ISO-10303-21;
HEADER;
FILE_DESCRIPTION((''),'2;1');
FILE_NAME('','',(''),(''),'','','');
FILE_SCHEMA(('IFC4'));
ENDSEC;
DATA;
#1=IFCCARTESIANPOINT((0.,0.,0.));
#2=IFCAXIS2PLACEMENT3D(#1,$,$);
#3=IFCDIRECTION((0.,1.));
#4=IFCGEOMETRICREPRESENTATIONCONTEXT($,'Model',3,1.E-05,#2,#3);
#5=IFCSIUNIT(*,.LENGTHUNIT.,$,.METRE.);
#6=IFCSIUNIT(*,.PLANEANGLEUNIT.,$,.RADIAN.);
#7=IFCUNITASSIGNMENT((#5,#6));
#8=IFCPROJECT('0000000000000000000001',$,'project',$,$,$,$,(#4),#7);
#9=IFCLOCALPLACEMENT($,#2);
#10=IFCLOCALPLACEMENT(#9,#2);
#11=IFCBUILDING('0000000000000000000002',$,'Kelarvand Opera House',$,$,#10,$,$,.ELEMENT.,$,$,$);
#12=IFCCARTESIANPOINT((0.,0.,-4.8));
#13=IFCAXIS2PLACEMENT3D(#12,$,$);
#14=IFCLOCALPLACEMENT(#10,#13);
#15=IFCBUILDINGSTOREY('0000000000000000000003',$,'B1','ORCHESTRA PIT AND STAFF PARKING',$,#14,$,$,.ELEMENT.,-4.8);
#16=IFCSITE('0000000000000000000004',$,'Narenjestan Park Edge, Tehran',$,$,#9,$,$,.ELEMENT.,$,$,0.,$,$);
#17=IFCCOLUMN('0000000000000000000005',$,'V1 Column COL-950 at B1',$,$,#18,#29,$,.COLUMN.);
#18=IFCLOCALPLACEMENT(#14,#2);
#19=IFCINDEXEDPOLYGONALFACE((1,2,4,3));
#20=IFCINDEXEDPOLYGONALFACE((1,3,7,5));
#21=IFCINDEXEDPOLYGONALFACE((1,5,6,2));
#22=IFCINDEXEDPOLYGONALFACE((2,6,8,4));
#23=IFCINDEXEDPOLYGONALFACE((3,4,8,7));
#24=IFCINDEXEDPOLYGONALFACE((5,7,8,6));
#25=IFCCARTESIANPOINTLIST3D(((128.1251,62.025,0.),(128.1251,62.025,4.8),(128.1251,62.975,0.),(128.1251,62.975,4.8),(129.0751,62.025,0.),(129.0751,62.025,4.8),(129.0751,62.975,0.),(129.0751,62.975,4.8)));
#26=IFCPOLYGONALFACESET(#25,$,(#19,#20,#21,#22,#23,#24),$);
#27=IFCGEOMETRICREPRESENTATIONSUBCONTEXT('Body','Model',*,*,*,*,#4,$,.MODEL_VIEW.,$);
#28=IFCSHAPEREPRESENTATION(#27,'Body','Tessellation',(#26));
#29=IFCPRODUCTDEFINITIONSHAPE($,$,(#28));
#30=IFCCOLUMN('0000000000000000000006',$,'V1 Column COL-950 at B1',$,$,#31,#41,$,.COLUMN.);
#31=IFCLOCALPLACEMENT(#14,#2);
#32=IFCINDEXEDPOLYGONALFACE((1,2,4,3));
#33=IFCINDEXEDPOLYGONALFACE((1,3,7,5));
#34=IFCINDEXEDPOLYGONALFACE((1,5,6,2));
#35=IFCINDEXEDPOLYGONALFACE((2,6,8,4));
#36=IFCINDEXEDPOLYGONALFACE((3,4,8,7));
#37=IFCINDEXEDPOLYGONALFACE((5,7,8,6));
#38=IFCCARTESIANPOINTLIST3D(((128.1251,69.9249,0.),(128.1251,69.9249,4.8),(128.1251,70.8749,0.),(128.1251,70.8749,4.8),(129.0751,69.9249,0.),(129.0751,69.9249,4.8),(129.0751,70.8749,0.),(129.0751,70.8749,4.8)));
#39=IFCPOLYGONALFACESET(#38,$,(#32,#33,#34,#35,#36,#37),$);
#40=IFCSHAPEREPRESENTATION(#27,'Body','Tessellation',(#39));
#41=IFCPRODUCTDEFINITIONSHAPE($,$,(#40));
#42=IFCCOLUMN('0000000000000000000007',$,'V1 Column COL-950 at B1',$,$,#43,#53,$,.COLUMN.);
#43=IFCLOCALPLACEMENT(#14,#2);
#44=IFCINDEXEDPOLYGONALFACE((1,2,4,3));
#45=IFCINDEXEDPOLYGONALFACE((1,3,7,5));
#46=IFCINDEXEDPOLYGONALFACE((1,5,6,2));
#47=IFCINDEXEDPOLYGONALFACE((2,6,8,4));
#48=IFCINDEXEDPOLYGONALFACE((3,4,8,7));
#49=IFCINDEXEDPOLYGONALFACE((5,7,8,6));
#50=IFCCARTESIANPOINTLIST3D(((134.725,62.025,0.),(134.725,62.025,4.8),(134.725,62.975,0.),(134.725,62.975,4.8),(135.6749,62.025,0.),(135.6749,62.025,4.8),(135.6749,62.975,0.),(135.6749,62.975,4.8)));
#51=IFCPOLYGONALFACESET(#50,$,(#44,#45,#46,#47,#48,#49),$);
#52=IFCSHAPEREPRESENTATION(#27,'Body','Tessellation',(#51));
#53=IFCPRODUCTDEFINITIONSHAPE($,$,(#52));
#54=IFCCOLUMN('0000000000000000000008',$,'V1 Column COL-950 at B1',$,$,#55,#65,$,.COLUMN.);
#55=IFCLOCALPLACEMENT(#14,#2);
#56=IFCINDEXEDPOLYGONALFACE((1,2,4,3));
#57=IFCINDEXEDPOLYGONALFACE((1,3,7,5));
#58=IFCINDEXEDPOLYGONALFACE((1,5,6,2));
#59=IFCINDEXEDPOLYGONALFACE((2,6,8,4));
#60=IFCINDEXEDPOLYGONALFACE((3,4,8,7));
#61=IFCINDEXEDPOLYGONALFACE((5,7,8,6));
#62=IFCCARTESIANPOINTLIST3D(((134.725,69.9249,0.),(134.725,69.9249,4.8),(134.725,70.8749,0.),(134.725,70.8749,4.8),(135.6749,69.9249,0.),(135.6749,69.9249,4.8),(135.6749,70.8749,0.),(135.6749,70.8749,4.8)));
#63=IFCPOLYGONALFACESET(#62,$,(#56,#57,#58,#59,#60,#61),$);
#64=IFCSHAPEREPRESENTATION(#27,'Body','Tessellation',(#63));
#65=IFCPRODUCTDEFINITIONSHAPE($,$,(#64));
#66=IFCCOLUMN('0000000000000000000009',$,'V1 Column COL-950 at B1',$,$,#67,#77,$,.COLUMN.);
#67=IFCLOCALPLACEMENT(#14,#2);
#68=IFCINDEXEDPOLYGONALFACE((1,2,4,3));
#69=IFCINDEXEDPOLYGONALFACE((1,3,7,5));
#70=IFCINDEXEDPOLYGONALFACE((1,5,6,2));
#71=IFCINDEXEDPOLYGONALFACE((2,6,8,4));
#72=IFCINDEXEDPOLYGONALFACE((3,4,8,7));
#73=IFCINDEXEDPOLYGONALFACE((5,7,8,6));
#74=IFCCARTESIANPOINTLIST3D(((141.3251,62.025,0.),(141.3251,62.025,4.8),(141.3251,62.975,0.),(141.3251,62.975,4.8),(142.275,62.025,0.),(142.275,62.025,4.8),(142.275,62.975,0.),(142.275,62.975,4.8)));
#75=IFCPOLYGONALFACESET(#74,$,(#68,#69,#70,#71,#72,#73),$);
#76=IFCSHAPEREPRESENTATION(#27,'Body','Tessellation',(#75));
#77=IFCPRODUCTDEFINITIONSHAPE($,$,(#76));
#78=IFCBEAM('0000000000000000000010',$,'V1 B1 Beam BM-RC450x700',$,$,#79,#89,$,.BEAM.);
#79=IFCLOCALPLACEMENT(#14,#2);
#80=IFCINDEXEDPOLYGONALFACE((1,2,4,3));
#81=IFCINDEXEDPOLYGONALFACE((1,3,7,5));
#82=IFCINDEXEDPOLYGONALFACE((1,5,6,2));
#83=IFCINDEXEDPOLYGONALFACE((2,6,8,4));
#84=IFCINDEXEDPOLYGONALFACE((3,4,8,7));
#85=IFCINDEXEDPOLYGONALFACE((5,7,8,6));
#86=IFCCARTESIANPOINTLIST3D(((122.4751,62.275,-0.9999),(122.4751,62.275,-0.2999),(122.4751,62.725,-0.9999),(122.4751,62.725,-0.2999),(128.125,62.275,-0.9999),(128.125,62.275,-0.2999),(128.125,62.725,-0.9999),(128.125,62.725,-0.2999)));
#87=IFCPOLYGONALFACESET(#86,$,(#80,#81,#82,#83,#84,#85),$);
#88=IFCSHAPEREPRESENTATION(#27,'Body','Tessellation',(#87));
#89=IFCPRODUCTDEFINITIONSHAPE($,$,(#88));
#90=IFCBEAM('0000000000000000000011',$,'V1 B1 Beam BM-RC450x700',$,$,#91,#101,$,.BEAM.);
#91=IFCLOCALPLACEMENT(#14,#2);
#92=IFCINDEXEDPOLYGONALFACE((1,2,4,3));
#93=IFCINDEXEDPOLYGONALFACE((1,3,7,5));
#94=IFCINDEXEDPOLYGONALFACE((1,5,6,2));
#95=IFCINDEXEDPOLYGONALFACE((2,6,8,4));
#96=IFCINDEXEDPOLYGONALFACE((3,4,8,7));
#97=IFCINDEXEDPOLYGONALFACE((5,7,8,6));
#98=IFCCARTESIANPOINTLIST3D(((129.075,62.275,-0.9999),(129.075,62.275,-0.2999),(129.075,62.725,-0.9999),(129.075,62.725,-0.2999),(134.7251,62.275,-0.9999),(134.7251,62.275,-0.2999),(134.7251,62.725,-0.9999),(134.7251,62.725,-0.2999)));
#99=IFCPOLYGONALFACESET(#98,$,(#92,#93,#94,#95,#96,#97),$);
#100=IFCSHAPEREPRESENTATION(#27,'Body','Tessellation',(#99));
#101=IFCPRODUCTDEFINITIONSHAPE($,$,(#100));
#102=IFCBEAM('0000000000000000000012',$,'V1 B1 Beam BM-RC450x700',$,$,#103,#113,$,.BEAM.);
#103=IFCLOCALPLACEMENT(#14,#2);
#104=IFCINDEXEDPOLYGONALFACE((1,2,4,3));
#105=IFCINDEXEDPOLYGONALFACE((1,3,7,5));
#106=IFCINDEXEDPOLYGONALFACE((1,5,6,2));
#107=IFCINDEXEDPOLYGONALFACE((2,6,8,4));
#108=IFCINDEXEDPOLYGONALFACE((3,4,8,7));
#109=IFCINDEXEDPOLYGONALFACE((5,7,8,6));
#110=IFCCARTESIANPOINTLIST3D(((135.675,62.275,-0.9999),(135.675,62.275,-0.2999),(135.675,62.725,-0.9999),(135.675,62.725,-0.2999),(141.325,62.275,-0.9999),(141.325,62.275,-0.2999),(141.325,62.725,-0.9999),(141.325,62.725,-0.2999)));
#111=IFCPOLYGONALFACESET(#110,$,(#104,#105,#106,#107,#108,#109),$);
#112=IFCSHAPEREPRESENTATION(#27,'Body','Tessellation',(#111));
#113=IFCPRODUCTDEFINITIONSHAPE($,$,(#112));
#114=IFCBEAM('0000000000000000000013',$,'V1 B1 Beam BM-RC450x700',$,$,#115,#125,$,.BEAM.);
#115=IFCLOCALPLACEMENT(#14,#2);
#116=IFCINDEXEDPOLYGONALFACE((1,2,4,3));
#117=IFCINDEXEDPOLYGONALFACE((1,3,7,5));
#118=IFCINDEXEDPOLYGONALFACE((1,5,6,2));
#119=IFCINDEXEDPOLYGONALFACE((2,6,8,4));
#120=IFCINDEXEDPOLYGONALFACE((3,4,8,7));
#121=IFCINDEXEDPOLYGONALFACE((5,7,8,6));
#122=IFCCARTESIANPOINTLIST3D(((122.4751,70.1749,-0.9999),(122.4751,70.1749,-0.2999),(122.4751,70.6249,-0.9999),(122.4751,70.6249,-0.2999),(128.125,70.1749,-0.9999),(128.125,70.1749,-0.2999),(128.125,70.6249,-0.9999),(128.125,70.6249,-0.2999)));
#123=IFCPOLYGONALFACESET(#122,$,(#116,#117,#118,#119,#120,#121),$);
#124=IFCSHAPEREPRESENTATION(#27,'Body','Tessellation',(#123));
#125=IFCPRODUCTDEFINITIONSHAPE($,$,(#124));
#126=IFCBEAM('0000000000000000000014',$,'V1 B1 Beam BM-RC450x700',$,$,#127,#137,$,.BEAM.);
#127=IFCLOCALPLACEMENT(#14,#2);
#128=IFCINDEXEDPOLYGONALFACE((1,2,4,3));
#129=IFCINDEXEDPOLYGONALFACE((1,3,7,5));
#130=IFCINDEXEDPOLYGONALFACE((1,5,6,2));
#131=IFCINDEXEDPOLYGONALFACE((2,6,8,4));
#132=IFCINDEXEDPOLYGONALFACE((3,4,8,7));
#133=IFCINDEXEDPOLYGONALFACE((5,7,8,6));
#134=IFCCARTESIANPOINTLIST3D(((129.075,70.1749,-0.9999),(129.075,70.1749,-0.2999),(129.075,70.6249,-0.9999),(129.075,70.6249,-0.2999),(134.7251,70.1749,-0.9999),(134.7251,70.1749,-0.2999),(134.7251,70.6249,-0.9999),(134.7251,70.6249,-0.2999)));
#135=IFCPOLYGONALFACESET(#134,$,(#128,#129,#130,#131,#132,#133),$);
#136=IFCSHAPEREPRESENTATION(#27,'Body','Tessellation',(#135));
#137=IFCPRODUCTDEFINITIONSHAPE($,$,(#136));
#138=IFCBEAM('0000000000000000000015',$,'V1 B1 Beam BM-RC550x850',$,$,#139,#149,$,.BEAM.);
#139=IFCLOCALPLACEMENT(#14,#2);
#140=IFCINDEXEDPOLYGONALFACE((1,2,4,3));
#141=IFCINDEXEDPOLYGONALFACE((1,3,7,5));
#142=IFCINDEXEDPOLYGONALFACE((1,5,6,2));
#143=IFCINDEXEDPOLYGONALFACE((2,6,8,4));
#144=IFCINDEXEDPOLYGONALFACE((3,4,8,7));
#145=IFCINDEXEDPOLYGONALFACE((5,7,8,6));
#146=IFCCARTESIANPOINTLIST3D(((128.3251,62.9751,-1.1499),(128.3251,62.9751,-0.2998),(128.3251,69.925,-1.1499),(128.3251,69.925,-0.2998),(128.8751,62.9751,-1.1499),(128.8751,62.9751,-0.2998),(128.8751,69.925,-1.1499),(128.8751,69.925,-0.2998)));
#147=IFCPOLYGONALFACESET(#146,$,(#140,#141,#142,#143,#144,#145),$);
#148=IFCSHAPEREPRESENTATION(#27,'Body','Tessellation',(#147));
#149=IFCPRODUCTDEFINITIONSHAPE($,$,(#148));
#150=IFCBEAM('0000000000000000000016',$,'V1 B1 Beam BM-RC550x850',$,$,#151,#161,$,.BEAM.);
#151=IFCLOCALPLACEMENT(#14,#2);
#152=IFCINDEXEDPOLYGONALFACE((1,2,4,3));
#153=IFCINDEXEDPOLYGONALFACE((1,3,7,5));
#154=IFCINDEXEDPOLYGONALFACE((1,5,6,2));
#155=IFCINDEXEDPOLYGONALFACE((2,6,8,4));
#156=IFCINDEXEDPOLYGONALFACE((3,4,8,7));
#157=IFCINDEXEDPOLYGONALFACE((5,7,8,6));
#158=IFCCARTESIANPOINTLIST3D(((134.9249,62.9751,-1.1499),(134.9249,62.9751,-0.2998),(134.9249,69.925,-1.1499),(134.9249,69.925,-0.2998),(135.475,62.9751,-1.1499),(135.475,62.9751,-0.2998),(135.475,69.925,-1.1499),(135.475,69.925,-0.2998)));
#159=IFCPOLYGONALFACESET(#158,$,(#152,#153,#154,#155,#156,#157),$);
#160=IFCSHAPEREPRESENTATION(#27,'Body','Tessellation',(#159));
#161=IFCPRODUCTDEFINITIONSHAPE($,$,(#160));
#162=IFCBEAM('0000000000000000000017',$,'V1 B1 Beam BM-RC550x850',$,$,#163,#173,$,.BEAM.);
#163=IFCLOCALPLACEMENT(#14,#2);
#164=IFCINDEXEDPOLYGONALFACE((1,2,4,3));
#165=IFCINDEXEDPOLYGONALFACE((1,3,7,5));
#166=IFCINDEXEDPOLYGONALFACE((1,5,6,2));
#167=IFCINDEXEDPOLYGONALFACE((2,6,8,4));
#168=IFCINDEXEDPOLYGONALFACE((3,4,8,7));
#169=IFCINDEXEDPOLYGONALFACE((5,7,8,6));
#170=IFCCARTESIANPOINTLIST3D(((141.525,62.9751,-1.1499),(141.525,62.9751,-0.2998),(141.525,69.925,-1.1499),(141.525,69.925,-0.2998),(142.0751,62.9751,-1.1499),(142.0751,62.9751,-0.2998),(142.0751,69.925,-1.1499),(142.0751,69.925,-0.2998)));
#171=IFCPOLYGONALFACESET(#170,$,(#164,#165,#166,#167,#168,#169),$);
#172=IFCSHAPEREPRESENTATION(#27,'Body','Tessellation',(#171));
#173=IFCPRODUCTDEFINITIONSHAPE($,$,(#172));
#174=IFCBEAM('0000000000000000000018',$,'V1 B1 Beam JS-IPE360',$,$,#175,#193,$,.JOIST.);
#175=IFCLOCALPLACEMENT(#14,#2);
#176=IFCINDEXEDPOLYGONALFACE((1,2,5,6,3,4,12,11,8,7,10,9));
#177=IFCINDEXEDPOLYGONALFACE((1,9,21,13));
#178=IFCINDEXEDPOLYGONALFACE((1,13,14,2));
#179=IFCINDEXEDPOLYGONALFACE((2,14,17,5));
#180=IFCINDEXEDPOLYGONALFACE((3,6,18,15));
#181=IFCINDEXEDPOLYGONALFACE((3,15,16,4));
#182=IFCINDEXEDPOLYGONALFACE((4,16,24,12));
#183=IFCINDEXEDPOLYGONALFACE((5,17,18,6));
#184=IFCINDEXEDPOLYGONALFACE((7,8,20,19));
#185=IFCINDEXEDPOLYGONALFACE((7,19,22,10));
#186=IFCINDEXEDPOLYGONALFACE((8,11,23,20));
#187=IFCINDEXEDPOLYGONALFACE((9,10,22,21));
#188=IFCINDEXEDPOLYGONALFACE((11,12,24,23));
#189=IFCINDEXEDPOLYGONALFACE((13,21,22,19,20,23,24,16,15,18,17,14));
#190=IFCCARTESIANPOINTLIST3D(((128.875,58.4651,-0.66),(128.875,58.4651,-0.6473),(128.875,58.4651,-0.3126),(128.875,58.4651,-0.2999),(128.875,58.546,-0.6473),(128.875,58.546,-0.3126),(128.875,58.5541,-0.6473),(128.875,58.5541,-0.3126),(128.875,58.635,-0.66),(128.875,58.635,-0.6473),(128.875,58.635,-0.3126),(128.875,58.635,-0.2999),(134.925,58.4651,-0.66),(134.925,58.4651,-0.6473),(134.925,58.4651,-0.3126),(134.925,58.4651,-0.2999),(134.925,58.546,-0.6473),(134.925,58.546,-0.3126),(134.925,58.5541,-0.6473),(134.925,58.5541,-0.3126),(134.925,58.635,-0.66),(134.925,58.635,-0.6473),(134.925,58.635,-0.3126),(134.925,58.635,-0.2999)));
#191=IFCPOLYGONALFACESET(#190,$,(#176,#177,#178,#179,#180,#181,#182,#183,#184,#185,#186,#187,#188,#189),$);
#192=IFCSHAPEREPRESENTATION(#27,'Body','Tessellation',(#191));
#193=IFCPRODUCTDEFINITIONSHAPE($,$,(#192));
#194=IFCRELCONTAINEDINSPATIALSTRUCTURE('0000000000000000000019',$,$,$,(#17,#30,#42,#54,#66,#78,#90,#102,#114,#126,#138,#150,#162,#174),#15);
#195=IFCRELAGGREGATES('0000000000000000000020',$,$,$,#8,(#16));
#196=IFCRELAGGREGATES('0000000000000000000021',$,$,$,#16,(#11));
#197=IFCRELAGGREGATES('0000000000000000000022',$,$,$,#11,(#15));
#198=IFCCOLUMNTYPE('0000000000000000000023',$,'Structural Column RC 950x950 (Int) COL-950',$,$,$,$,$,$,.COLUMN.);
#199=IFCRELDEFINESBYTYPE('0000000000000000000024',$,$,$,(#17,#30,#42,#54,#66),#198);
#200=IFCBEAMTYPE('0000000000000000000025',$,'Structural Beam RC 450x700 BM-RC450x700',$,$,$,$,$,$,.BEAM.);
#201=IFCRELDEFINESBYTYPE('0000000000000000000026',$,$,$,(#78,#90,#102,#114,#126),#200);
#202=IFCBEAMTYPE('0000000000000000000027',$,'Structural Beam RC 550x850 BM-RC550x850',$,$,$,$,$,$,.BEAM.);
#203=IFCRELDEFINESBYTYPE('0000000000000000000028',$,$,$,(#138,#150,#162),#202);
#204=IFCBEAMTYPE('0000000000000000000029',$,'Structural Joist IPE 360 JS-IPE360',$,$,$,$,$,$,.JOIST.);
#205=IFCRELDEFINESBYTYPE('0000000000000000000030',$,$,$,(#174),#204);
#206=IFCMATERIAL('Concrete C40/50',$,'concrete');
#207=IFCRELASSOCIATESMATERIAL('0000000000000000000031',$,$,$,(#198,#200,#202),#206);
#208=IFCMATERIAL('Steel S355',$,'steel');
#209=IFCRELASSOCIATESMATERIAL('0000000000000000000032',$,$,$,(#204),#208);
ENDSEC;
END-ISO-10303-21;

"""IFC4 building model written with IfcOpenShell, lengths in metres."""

from ifc_helpers import new_model, si_unit, direction, frame, origin, origin_2d, place, context, subcontext, project, spatial, rectangle, i_section, extrude, material, material_profile, profile_set, type_object, element, save


model = new_model("IFC4")

# Units and contexts
model_context = context("Model", 3, precision=1e-05, world=origin(), true_north=direction((0.0, 1.0)))
body_context = subcontext(model_context, "Body", "Model", "MODEL_VIEW")
ifc_project = project(units=[si_unit("LENGTHUNIT", "METRE"), si_unit("PLANEANGLEUNIT", "RADIAN")], contexts=[model_context])

# Site, building, storey
site_placement = place(None, origin())
site = spatial("IfcSite", under=ifc_project, at=site_placement, Name="Narenjestan Park Edge, Tehran", CompositionType="ELEMENT", RefElevation=0.0)
building_placement = place(site_placement, origin())
building = spatial("IfcBuilding", under=site, at=building_placement, Name="Kelarvand Opera House", CompositionType="ELEMENT")
storey_placement = place(building_placement, frame((0.0, 0.0, -4.8)))
storey = spatial("IfcBuildingStorey", under=building, at=storey_placement, Name="B1", Description="ORCHESTRA PIT AND STAFF PARKING", CompositionType="ELEMENT", Elevation=-4.8)

# Columns
ifc_material_1 = material(Name="Concrete C40/50", Category="concrete")
ifc_material_profile_1 = material_profile(ifc_material_1, rectangle(XDim=0.95, YDim=0.95, at=origin_2d()), Name="RC 950x950", Category="concrete")
ifc_profile_set_1 = profile_set([ifc_material_profile_1], Name="Concrete C40/50")
column_type = type_object("IfcColumnType", Name="Structural Column RC 950x950 (Int) COL-950", PredefinedType="COLUMN", material=ifc_profile_set_1)
for number, where, z_axis, x_axis, name in (
    (1, (128.6001, 62.5, 0.0), (0.0, 0.0, 1.0), (1.0, 0.0, 0.0), "V1 Column COL-950 at B1"),
    (2, (128.6001, 70.3999, 0.0), (0.0, 0.0, 1.0), (1.0, 0.0, 0.0), "V1 Column COL-950 at B1"),
    (3, (135.2, 62.5, 0.0), (0.0, 0.0, 1.0), (1.0, 0.0, 0.0), "V1 Column COL-950 at B1"),
    (4, (135.2, 70.3999, 0.0), (0.0, 0.0, 1.0), (1.0, 0.0, 0.0), "V1 Column COL-950 at B1"),
    (5, (141.8, 62.5, 0.0), (0.0, 0.0, 1.0), (1.0, 0.0, 0.0), "V1 Column COL-950 at B1"),
):
    element("IfcColumn", number, at=place(storey_placement, frame(where, z_axis=z_axis, x_axis=x_axis)), inside=storey, type_object=column_type, Name=name, PredefinedType="COLUMN", context=body_context, shape_type="SweptSolid", body=[
        extrude(rectangle(XDim=0.95, YDim=0.95, at=origin_2d()), origin(), (0.0, 0.0, 1.0), 4.8),
    ])

# Beams
ifc_material_profile_2 = material_profile(ifc_material_1, rectangle(XDim=0.45, YDim=0.7, at=origin_2d()), Name="RC 450x700", Category="concrete")
ifc_profile_set_2 = profile_set([ifc_material_profile_2], Name="Concrete C40/50")
beam_type_1 = type_object("IfcBeamType", Name="Structural Beam RC 450x700 BM-RC450x700", PredefinedType="BEAM", material=ifc_profile_set_2)
beam_1_placement = place(storey_placement, frame((122.4751, 62.5, -0.6499), z_axis=(1.0, 0.0, 0.0), x_axis=(0.0, 1.0, 0.0)))
element("IfcBeam", 6, at=beam_1_placement, inside=storey, type_object=beam_type_1, Name="V1 B1 Beam BM-RC450x700", PredefinedType="BEAM", context=body_context, shape_type="SweptSolid", body=[
    extrude(rectangle(XDim=0.45, YDim=0.7, at=origin_2d()), origin(), (0.0, 0.0, 1.0), 5.6499),
])
beam_2_placement = place(storey_placement, frame((129.075, 62.5, -0.6499), z_axis=(1.0, 0.0, 0.0), x_axis=(0.0, 1.0, 0.0)))
element("IfcBeam", 7, at=beam_2_placement, inside=storey, type_object=beam_type_1, Name="V1 B1 Beam BM-RC450x700", PredefinedType="BEAM", context=body_context, shape_type="SweptSolid", body=[
    extrude(rectangle(XDim=0.45, YDim=0.7, at=origin_2d()), origin(), (0.0, 0.0, 1.0), 5.6501),
])
for number, where, z_axis, x_axis, name in (
    (8, (135.675, 62.5, -0.6499), (1.0, 0.0, 0.0), (0.0, 1.0, 0.0), "V1 B1 Beam BM-RC450x700"),
    (9, (122.4751, 70.3999, -0.6499), (1.0, 0.0, 0.0), (0.0, 1.0, 0.0), "V1 B1 Beam BM-RC450x700"),
):
    element("IfcBeam", number, at=place(storey_placement, frame(where, z_axis=z_axis, x_axis=x_axis)), inside=storey, type_object=beam_type_1, Name=name, PredefinedType="BEAM", context=body_context, shape_type="SweptSolid", body=[
        extrude(rectangle(XDim=0.45, YDim=0.7, at=origin_2d()), origin(), (0.0, 0.0, 1.0), 5.6499),
    ])
beam_3_placement = place(storey_placement, frame((129.075, 70.3999, -0.6499), z_axis=(1.0, 0.0, 0.0), x_axis=(0.0, 1.0, 0.0)))
element("IfcBeam", 10, at=beam_3_placement, inside=storey, type_object=beam_type_1, Name="V1 B1 Beam BM-RC450x700", PredefinedType="BEAM", context=body_context, shape_type="SweptSolid", body=[
    extrude(rectangle(XDim=0.45, YDim=0.7, at=origin_2d()), origin(), (0.0, 0.0, 1.0), 5.6501),
])
ifc_material_profile_3 = material_profile(ifc_material_1, rectangle(XDim=0.55, YDim=0.8501, at=origin_2d()), Name="RC 550x850", Category="concrete")
ifc_profile_set_3 = profile_set([ifc_material_profile_3], Name="Concrete C40/50")
beam_type_2 = type_object("IfcBeamType", Name="Structural Beam RC 550x850 BM-RC550x850", PredefinedType="BEAM", material=ifc_profile_set_3)
for number, where, z_axis, x_axis, name in (
    (11, (128.6001, 62.9751, -0.7249), (0.0, 1.0, 0.0), (-1.0, 0.0, 0.0), "V1 B1 Beam BM-RC550x850"),
    (12, (135.2, 62.9751, -0.7249), (0.0, 1.0, 0.0), (-1.0, 0.0, 0.0), "V1 B1 Beam BM-RC550x850"),
    (13, (141.8, 62.9751, -0.7249), (0.0, 1.0, 0.0), (-1.0, 0.0, 0.0), "V1 B1 Beam BM-RC550x850"),
):
    element("IfcBeam", number, at=place(storey_placement, frame(where, z_axis=z_axis, x_axis=x_axis)), inside=storey, type_object=beam_type_2, Name=name, PredefinedType="BEAM", context=body_context, shape_type="SweptSolid", body=[
        extrude(rectangle(XDim=0.55, YDim=0.8501, at=origin_2d()), origin(), (0.0, 0.0, 1.0), 6.95),
    ])
ifc_material_2 = material(Name="Steel S355", Category="steel")
ifc_material_profile_4 = material_profile(ifc_material_2, i_section(OverallWidth=0.1699, OverallDepth=0.3601, WebThickness=0.0081, FlangeThickness=0.0127, at=origin_2d()), Name="IPE 360", Category="steel")
ifc_profile_set_4 = profile_set([ifc_material_profile_4], Name="Steel S355")
beam_type_3 = type_object("IfcBeamType", Name="Structural Joist IPE 360 JS-IPE360", PredefinedType="JOIST", material=ifc_profile_set_4)
beam_4_placement = place(storey_placement, frame((128.875, 58.55, -0.48), z_axis=(1.0, 0.0, 0.0), x_axis=(0.0, 1.0, 0.0)))
element("IfcBeam", 14, at=beam_4_placement, inside=storey, type_object=beam_type_3, Name="V1 B1 Beam JS-IPE360", PredefinedType="JOIST", context=body_context, shape_type="SweptSolid", body=[
    extrude(i_section(OverallWidth=0.1699, OverallDepth=0.3601, WebThickness=0.0081, FlangeThickness=0.0127, at=origin_2d()), origin(), (0.0, 0.0, 1.0), 6.05),
])

save(model, "model.ifc")
